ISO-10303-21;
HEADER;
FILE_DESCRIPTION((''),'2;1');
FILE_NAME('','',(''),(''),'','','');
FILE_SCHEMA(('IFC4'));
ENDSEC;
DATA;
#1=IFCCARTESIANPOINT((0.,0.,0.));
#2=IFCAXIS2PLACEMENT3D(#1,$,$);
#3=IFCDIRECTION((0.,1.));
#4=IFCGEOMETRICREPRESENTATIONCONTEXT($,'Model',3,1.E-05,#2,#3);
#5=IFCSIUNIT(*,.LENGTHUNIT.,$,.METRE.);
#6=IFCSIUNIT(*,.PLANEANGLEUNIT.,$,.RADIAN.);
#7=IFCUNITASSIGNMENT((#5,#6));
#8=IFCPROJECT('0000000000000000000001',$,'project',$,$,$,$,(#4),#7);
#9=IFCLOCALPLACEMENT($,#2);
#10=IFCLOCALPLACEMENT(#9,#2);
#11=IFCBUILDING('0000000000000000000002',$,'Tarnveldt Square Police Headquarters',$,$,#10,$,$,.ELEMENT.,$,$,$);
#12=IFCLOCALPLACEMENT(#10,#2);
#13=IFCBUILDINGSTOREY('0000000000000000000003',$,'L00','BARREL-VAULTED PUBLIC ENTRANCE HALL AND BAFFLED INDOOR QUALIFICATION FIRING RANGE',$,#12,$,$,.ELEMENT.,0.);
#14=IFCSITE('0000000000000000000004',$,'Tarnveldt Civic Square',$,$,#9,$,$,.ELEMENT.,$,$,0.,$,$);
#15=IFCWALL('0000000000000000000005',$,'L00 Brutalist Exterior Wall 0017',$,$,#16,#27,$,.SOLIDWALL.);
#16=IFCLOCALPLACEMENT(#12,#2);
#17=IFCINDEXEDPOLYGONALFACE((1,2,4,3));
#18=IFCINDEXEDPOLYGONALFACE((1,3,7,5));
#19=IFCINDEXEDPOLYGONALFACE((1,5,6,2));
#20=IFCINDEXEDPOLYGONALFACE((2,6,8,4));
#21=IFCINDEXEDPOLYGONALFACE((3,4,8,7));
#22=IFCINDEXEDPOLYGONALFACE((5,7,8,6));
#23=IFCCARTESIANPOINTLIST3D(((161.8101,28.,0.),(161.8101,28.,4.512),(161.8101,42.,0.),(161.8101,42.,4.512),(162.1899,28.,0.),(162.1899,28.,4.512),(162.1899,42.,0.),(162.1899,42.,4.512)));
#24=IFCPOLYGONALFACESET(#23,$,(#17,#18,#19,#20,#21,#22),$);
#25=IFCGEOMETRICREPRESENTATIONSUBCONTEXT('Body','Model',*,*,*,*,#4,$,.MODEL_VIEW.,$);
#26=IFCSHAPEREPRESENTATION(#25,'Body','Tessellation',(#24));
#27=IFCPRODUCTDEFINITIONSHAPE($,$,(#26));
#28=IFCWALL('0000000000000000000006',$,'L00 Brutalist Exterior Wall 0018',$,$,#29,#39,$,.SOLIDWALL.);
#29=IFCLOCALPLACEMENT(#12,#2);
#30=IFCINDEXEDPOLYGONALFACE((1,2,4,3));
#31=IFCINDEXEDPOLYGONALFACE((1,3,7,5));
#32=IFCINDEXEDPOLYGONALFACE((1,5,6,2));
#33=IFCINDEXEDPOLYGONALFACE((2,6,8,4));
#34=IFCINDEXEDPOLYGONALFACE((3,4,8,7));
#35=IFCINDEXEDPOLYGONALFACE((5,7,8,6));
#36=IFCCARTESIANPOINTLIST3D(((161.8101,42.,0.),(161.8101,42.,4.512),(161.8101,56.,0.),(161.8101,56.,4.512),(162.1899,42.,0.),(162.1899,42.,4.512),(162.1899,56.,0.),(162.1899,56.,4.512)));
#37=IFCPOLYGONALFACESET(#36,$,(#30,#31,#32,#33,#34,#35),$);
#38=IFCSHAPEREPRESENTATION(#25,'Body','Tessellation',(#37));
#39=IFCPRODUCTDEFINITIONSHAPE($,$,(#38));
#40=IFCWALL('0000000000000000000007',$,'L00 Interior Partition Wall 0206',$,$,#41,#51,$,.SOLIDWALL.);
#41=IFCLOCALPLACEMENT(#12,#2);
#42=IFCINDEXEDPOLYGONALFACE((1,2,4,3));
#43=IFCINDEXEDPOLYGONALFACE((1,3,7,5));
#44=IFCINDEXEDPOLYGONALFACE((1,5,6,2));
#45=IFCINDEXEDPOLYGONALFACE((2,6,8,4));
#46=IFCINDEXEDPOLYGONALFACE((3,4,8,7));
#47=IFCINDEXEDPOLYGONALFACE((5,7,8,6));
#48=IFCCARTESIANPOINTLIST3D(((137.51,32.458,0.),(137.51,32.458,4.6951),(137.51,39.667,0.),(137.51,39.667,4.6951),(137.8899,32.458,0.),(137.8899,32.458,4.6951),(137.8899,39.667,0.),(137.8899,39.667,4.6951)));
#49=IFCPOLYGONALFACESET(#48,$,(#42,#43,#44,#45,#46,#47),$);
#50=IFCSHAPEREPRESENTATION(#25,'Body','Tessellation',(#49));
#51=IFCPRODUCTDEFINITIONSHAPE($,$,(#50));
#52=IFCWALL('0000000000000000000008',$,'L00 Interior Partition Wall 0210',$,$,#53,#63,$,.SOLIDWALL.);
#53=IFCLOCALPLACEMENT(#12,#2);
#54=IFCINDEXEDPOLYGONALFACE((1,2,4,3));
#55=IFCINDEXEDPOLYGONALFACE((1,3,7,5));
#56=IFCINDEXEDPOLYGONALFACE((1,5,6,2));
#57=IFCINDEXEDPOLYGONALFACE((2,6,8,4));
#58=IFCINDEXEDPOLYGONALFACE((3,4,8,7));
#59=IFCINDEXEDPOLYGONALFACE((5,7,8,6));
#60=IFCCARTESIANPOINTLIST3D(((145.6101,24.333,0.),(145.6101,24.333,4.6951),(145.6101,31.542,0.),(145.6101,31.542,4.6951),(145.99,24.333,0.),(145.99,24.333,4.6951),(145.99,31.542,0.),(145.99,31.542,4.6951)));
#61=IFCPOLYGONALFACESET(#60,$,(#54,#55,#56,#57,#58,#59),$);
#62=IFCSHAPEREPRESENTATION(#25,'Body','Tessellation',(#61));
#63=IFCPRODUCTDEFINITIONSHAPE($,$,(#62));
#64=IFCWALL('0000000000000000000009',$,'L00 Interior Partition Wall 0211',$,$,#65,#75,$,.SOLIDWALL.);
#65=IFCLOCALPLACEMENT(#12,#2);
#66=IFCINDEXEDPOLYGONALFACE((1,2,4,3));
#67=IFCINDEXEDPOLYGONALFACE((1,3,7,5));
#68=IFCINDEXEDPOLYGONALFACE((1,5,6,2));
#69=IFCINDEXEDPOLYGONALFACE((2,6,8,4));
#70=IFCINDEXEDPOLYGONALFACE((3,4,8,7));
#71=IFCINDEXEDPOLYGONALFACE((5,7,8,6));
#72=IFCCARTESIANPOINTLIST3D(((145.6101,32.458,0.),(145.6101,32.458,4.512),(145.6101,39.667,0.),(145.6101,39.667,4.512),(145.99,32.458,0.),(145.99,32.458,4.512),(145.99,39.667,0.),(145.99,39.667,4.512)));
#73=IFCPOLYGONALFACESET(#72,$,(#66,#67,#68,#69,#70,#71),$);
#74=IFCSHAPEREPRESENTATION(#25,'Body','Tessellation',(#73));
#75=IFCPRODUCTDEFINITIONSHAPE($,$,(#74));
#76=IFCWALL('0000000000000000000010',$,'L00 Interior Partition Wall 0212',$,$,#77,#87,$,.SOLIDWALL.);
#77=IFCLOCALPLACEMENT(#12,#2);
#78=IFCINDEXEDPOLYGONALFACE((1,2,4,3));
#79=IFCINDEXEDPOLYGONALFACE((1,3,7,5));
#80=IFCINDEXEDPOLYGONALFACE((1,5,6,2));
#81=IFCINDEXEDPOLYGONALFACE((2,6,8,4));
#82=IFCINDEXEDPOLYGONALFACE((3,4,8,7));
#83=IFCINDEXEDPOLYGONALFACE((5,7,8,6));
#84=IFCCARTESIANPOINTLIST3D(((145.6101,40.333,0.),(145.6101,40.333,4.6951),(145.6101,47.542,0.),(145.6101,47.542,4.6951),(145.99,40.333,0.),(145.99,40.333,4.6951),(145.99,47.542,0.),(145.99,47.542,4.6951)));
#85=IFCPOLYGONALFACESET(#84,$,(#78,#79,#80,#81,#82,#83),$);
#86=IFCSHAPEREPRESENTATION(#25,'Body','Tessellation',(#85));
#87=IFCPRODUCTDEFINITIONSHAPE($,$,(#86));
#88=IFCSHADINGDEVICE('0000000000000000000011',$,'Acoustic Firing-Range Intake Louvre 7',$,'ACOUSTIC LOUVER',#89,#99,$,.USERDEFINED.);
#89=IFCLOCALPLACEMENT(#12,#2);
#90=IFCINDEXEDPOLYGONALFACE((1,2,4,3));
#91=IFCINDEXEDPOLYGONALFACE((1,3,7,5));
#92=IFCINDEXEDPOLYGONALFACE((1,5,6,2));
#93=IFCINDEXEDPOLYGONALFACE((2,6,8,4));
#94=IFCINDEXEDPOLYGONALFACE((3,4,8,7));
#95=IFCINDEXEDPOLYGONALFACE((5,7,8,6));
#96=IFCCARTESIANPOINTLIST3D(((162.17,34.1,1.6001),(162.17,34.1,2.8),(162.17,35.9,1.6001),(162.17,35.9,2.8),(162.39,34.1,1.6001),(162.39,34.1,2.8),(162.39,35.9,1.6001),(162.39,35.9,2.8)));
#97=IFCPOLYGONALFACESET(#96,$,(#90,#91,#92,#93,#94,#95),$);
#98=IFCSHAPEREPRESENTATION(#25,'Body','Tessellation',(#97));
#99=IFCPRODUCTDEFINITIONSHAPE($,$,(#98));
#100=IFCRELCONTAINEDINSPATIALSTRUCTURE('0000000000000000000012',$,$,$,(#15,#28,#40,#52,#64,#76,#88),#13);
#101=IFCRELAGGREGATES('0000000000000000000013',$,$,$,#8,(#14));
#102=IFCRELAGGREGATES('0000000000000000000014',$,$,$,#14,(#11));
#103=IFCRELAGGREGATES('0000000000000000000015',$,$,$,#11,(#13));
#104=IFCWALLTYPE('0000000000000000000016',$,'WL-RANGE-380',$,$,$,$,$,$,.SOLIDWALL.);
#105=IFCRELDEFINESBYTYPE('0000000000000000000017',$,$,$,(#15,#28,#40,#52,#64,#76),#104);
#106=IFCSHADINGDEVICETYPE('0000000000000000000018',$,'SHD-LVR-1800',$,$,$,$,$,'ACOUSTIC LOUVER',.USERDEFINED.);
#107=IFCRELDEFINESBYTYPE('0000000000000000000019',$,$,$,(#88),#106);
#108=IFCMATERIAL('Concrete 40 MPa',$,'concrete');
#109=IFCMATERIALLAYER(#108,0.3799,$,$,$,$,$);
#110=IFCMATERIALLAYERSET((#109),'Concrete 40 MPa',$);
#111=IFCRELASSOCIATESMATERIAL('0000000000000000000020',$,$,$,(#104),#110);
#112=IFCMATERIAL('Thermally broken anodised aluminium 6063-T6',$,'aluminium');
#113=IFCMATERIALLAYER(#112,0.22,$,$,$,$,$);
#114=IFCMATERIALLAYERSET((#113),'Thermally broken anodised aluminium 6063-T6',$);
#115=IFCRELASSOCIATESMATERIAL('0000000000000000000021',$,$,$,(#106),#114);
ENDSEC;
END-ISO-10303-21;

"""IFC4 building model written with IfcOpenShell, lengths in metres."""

from ifc_helpers import new_model, si_unit, direction, frame, frame_2d, origin, origin_2d, place, context, subcontext, project, spatial, rectangle, extrude, material, layer, layer_set, type_object, element, save


model = new_model("IFC4")

# Units and contexts
model_context = context("Model", 3, precision=1e-05, world=origin(), true_north=direction((0.0, 1.0)))
body_context = subcontext(model_context, "Body", "Model", "MODEL_VIEW")
ifc_project = project(units=[si_unit("LENGTHUNIT", "METRE"), si_unit("PLANEANGLEUNIT", "RADIAN")], contexts=[model_context])

# Site, building, storey
site_placement = place(None, origin())
site = spatial("IfcSite", under=ifc_project, at=site_placement, Name="Tarnveldt Civic Square", CompositionType="ELEMENT", RefElevation=0.0)
building_placement = place(site_placement, origin())
building = spatial("IfcBuilding", under=site, at=building_placement, Name="Tarnveldt Square Police Headquarters", CompositionType="ELEMENT")
storey_placement = place(building_placement, origin())
storey = spatial("IfcBuildingStorey", under=building, at=storey_placement, Name="L00", Description="BARREL-VAULTED PUBLIC ENTRANCE HALL AND BAFFLED INDOOR QUALIFICATION FIRING RANGE", CompositionType="ELEMENT", Elevation=0.0)

# Shared definitions
ifc_material_1 = material(Name="Concrete 40 MPa", Category="concrete")

# Shared definitions
ifc_material_2 = material(Name="Thermally broken anodised aluminium 6063-T6", Category="aluminium")

# Walls
ifc_layer_1 = layer(ifc_material_1, 0.3799)
ifc_layer_set_1 = layer_set([ifc_layer_1], Name="Concrete 40 MPa")
wall_type_1 = type_object("IfcWallType", Name="WL-RANGE-380", PredefinedType="SOLIDWALL", material=ifc_layer_set_1)
for number, where, z_axis, x_axis, name in (
    (1, (162.0, 28.0, 0.0), (0.0, 0.0, 1.0), (0.0, 1.0, 0.0), "L00 Brutalist Exterior Wall 0017"),
    (2, (162.0, 42.0, 0.0), (0.0, 0.0, 1.0), (0.0, 1.0, 0.0), "L00 Brutalist Exterior Wall 0018"),
):
    element("IfcWall", number, at=place(storey_placement, frame(where, z_axis=z_axis, x_axis=x_axis)), inside=storey, type_object=wall_type_1, Name=name, PredefinedType="SOLIDWALL", context=body_context, shape_type="SweptSolid", body=[
        extrude(rectangle(XDim=14.0, YDim=0.3799, at=frame_2d((7.0, 0.0))), origin(), (0.0, 0.0, 1.0), 4.512),
    ])

# Walls
for number, where, z_axis, x_axis, name in (
    (3, (137.7, 32.458, 0.0), (0.0, 0.0, 1.0), (0.0, 1.0, 0.0), "L00 Interior Partition Wall 0206"),
    (4, (145.8, 24.333, 0.0), (0.0, 0.0, 1.0), (0.0, 1.0, 0.0), "L00 Interior Partition Wall 0210"),
):
    element("IfcWall", number, at=place(storey_placement, frame(where, z_axis=z_axis, x_axis=x_axis)), inside=storey, type_object=wall_type_1, Name=name, PredefinedType="SOLIDWALL", context=body_context, shape_type="SweptSolid", body=[
        extrude(rectangle(XDim=7.209, YDim=0.3799, at=frame_2d((3.6045, 0.0))), origin(), (0.0, 0.0, 1.0), 4.6951),
    ])
wall_1_placement = place(storey_placement, frame((145.8, 32.458, 0.0), z_axis=(0.0, 0.0, 1.0), x_axis=(0.0, 1.0, 0.0)))
element("IfcWall", 5, at=wall_1_placement, inside=storey, type_object=wall_type_1, Name="L00 Interior Partition Wall 0211", PredefinedType="SOLIDWALL", context=body_context, shape_type="SweptSolid", body=[
    extrude(rectangle(XDim=7.209, YDim=0.3799, at=frame_2d((3.6045, 0.0))), origin(), (0.0, 0.0, 1.0), 4.512),
])
wall_2_placement = place(storey_placement, frame((145.8, 40.333, 0.0), z_axis=(0.0, 0.0, 1.0), x_axis=(0.0, 1.0, 0.0)))
element("IfcWall", 6, at=wall_2_placement, inside=storey, type_object=wall_type_1, Name="L00 Interior Partition Wall 0212", PredefinedType="SOLIDWALL", context=body_context, shape_type="SweptSolid", body=[
    extrude(rectangle(XDim=7.209, YDim=0.3799, at=frame_2d((3.6045, 0.0))), origin(), (0.0, 0.0, 1.0), 4.6951),
])

# Shading device
ifc_layer_2 = layer(ifc_material_2, 0.22)
ifc_layer_set_2 = layer_set([ifc_layer_2], Name="Thermally broken anodised aluminium 6063-T6")
shading_device_type = type_object("IfcShadingDeviceType", Name="SHD-LVR-1800", ElementType="ACOUSTIC LOUVER", PredefinedType="USERDEFINED", material=ifc_layer_set_2)
shading_device_placement = place(storey_placement, frame((162.28, 35.0, 1.6001), z_axis=(0.0, 0.0, 1.0), x_axis=(0.0, 1.0, 0.0)))
element("IfcShadingDevice", 7, at=shading_device_placement, inside=storey, type_object=shading_device_type, Name="Acoustic Firing-Range Intake Louvre 7", ObjectType="ACOUSTIC LOUVER", PredefinedType="USERDEFINED", context=body_context, shape_type="SweptSolid", body=[
    extrude(rectangle(XDim=1.8, YDim=0.22, at=origin_2d()), origin(), (0.0, 0.0, 1.0), 1.2),
])

save(model, "model.ifc")
